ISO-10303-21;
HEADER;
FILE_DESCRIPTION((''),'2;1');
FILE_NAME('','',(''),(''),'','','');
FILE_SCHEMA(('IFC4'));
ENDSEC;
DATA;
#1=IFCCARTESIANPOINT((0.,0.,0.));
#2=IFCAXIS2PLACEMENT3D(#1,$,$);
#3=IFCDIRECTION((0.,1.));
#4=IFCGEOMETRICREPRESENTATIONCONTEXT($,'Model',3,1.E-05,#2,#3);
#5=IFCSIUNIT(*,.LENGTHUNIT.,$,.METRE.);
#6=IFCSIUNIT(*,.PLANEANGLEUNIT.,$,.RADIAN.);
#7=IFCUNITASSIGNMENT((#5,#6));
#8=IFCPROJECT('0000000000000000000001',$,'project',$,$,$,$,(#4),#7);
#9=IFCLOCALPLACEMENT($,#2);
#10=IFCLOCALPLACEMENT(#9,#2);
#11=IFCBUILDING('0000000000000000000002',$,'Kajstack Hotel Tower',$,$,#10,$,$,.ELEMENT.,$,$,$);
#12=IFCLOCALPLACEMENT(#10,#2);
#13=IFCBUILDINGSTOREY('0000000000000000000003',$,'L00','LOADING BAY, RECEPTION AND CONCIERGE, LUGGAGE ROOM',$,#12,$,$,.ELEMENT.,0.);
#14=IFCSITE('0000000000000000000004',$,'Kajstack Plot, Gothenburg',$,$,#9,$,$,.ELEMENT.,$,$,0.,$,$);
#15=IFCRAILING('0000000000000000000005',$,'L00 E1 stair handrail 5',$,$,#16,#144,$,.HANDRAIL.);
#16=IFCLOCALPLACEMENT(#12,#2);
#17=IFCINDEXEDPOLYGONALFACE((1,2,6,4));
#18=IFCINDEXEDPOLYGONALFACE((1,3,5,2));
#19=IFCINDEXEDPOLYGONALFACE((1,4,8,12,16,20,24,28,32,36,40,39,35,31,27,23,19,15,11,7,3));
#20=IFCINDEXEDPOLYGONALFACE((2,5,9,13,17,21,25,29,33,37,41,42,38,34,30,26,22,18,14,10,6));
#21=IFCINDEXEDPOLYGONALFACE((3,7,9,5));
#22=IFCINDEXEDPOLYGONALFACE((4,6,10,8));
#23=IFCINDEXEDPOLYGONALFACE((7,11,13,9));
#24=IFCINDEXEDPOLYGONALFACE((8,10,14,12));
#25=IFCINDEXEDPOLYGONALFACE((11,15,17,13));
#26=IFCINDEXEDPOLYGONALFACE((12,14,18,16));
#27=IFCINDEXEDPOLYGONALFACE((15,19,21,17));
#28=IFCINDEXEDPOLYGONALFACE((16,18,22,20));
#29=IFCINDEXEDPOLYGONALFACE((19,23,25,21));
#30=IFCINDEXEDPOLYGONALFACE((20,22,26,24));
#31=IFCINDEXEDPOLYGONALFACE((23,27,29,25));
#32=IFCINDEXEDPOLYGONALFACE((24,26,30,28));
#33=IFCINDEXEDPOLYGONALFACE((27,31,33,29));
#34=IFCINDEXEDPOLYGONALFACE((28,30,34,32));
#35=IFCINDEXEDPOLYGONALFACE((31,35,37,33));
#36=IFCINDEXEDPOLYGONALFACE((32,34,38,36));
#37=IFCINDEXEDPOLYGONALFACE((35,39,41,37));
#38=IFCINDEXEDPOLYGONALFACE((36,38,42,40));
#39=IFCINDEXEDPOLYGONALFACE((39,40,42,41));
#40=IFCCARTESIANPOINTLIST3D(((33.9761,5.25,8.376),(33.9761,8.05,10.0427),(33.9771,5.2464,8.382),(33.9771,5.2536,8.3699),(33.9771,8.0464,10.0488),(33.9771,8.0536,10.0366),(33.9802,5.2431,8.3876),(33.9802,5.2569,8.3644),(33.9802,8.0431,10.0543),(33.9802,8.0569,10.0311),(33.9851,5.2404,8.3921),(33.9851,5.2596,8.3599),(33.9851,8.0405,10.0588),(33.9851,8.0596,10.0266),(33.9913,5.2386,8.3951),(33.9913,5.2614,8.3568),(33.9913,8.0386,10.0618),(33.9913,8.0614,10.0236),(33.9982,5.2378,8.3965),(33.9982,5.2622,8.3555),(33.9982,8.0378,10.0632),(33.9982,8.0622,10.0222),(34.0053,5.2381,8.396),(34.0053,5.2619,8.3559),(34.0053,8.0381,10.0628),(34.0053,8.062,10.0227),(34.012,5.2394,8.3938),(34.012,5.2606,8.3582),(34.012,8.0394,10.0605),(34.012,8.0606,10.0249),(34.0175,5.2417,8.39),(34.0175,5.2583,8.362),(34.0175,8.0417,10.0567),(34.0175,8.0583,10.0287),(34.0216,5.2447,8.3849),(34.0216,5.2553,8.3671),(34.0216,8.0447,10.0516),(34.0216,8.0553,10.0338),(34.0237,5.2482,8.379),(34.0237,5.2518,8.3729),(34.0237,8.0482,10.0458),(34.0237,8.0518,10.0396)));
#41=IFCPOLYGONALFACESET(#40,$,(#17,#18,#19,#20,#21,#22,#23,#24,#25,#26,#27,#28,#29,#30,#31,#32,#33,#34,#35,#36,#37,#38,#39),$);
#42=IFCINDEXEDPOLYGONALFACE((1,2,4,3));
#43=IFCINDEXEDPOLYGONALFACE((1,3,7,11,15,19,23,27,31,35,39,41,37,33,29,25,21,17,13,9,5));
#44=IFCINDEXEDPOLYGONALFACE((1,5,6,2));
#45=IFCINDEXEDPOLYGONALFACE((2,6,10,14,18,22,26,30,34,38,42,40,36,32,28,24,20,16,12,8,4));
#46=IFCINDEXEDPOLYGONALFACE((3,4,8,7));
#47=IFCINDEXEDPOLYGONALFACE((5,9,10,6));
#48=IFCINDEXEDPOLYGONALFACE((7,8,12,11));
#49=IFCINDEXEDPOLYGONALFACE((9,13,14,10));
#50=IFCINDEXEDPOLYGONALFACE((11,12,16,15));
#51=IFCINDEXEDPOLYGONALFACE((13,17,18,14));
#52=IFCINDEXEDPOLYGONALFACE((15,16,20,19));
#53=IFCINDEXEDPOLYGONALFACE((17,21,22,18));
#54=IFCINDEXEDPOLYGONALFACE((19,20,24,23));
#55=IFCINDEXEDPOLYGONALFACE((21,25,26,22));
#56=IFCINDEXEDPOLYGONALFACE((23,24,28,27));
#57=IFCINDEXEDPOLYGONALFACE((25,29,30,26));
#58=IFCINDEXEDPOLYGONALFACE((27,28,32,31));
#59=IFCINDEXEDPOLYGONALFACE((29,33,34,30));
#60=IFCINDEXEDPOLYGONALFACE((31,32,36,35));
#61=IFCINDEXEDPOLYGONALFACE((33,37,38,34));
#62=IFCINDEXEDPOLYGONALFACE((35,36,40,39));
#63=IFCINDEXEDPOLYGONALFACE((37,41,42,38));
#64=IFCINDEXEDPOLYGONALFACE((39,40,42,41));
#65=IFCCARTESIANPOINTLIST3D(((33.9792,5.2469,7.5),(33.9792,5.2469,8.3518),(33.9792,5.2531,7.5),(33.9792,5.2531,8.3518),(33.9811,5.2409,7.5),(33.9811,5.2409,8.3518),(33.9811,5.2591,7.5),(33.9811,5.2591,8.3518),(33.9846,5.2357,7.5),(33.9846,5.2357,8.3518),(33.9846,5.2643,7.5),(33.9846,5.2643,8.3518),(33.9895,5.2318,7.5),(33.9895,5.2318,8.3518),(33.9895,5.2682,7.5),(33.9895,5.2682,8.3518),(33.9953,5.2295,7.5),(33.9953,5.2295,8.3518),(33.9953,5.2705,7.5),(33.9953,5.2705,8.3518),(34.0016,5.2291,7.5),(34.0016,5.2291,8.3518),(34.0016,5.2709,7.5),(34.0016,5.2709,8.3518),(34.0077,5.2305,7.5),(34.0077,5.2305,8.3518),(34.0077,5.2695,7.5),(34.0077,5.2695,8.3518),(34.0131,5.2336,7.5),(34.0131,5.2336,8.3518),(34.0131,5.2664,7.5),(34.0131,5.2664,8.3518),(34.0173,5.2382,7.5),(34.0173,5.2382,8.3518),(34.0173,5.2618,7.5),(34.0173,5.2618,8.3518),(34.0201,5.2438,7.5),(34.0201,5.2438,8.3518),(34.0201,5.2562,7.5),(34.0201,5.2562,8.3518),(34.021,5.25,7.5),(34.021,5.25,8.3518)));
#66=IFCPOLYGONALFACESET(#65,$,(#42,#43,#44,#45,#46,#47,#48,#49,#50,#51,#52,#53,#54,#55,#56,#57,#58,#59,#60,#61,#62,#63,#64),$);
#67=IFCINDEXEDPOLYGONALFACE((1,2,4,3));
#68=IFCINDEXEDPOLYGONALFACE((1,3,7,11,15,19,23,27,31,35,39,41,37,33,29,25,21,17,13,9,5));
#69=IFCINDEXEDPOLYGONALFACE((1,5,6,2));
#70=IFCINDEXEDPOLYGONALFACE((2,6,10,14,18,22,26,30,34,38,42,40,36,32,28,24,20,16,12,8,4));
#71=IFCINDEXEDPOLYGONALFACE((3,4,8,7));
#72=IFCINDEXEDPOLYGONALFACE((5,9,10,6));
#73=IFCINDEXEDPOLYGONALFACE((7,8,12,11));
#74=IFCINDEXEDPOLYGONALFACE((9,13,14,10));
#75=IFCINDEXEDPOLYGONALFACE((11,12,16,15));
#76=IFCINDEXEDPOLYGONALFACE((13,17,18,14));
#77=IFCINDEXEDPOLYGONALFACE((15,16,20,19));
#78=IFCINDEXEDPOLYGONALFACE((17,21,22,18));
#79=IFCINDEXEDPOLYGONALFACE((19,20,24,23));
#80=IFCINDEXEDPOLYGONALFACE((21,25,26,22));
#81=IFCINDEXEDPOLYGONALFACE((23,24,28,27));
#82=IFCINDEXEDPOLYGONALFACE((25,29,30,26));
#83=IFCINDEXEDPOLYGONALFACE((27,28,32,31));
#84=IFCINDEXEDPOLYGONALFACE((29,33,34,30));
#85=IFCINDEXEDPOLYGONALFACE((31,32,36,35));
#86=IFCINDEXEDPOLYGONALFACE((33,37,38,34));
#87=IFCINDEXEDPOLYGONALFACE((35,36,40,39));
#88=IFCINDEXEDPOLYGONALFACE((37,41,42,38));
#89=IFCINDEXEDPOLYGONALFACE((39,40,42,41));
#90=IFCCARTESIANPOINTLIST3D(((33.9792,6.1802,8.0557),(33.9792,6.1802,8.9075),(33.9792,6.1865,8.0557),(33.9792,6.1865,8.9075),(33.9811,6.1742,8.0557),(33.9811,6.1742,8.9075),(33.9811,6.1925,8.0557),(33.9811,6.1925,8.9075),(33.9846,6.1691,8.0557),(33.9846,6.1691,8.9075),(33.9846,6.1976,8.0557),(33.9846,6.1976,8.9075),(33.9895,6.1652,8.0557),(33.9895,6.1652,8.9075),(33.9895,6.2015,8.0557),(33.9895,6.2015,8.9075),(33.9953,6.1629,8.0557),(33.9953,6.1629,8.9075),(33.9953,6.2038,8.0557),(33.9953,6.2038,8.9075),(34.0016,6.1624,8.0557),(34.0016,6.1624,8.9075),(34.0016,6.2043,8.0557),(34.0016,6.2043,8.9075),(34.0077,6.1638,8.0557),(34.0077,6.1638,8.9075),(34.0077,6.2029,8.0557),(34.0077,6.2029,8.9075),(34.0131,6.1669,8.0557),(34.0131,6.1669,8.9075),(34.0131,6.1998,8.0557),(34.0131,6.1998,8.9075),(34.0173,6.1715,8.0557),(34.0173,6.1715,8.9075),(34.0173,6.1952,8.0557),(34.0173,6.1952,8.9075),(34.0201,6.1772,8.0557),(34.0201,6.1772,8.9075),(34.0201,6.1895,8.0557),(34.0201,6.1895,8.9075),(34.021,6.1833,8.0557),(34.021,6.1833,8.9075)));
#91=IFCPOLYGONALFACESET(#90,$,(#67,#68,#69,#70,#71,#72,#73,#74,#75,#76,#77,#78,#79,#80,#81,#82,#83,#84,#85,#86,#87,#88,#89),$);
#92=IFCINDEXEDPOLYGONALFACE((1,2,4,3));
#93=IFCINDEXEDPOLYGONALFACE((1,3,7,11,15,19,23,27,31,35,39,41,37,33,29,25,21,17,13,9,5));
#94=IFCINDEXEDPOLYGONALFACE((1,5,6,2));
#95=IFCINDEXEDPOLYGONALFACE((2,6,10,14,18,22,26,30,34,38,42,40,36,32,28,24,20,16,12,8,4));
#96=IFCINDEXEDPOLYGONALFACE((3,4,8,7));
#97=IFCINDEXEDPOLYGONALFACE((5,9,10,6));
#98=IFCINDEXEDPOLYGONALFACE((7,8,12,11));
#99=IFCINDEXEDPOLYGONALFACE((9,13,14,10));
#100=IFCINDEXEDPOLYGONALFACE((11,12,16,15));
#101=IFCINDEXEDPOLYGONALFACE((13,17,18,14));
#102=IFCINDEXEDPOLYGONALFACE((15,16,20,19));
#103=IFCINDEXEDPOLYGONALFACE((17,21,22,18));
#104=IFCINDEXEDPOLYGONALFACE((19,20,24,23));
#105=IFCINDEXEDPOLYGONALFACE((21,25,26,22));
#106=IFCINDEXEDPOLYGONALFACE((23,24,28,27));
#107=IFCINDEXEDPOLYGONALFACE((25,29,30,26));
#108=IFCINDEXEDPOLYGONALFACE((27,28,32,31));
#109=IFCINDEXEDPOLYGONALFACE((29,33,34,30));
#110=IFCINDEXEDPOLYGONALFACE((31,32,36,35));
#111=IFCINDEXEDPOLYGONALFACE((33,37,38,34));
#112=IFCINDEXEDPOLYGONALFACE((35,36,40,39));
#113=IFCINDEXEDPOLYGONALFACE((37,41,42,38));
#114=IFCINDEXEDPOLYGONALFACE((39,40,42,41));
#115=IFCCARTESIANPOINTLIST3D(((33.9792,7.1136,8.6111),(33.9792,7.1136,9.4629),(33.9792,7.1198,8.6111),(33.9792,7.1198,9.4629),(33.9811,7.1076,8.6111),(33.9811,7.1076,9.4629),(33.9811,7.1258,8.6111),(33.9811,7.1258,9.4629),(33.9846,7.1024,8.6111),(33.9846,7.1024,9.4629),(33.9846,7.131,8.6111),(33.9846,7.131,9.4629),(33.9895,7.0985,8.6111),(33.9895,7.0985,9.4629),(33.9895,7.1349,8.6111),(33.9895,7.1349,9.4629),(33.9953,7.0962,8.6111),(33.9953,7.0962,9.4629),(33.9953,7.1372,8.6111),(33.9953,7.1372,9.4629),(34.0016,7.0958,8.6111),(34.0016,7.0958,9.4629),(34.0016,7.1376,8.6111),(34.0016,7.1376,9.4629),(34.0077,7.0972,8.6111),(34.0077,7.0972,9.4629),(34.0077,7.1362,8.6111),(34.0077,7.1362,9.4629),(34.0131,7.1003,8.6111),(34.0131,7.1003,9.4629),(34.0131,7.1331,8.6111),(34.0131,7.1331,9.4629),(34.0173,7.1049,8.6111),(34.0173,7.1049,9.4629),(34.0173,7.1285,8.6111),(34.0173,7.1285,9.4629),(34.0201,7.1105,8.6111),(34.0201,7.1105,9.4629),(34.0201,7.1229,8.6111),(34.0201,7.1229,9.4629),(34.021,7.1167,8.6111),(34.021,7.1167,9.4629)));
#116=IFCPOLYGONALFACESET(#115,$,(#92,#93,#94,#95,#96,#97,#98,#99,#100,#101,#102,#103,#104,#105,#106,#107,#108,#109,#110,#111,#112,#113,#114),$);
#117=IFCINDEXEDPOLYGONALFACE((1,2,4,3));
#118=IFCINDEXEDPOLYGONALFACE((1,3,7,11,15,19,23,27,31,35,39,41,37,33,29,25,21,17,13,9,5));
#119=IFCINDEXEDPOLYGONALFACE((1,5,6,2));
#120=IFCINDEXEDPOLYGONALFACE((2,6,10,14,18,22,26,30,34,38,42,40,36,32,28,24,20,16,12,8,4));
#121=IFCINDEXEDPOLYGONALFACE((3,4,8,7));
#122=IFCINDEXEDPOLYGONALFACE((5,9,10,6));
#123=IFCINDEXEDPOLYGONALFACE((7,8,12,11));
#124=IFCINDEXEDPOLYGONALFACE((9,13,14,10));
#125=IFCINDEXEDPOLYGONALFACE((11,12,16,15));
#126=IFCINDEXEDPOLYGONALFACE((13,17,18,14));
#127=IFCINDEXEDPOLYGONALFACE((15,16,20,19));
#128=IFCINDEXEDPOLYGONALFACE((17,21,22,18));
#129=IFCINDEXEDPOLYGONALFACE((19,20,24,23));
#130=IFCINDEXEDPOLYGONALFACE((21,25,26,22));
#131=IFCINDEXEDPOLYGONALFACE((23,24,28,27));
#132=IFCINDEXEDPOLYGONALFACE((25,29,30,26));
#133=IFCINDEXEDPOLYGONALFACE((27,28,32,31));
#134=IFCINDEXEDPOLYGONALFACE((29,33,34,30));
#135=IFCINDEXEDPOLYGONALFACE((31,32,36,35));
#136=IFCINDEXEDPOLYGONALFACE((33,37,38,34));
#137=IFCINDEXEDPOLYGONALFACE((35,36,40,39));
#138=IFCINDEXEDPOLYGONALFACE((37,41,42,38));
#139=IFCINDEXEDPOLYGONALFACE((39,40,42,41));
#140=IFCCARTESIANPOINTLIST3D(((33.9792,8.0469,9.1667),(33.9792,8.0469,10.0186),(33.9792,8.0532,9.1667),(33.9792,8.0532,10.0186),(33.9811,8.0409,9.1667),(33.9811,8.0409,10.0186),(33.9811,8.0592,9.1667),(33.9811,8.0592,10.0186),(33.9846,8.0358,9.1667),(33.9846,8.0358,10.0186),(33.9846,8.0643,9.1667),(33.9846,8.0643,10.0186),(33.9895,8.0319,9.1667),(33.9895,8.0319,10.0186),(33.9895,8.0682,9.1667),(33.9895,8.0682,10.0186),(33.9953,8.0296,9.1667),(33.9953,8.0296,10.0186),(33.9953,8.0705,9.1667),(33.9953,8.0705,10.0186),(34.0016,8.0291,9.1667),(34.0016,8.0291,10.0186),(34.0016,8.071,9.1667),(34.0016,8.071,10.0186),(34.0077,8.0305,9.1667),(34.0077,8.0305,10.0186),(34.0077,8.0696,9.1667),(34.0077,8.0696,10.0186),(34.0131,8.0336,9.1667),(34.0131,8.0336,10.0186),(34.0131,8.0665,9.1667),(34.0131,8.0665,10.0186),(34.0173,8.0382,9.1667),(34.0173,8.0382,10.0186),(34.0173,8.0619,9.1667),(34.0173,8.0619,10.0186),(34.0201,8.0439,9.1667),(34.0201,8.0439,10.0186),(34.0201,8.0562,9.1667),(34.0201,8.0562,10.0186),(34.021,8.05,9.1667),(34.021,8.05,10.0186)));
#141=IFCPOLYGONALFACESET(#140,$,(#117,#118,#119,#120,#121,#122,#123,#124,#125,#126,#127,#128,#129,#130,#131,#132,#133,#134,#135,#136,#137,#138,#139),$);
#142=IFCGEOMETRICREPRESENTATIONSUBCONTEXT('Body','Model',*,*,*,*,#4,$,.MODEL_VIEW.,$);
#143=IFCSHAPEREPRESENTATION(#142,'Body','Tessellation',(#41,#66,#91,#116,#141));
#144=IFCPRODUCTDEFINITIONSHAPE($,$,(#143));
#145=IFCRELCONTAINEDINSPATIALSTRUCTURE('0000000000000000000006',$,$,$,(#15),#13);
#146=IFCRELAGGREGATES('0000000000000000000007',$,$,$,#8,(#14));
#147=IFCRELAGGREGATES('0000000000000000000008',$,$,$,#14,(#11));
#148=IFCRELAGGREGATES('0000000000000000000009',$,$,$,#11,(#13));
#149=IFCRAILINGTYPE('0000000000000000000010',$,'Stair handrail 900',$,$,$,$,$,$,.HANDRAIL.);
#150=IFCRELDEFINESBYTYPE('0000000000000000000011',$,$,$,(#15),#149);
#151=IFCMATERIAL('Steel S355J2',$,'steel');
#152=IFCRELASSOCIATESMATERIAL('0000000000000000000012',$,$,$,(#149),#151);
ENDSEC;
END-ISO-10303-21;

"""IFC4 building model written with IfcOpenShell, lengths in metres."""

from ifc_helpers import new_model, si_unit, direction, frame, origin, origin_2d, place, context, subcontext, project, spatial, circle, extrude, material, type_object, element, save


model = new_model("IFC4")

# Units and contexts
model_context = context("Model", 3, precision=1e-05, world=origin(), true_north=direction((0.0, 1.0)))
body_context = subcontext(model_context, "Body", "Model", "MODEL_VIEW")
ifc_project = project(units=[si_unit("LENGTHUNIT", "METRE"), si_unit("PLANEANGLEUNIT", "RADIAN")], contexts=[model_context])

# Site, building, storey
site_placement = place(None, origin())
site = spatial("IfcSite", under=ifc_project, at=site_placement, Name="Kajstack Plot, Gothenburg", CompositionType="ELEMENT", RefElevation=0.0)
building_placement = place(site_placement, origin())
building = spatial("IfcBuilding", under=site, at=building_placement, Name="Kajstack Hotel Tower", CompositionType="ELEMENT")
storey_placement = place(building_placement, origin())
storey = spatial("IfcBuildingStorey", under=building, at=storey_placement, Name="L00", Description="LOADING BAY, RECEPTION AND CONCIERGE, LUGGAGE ROOM", CompositionType="ELEMENT", Elevation=0.0)

# Railing
ifc_material_1 = material(Name="Steel S355J2", Category="steel")
railing_type_1 = type_object("IfcRailingType", Name="Stair handrail 900", PredefinedType="HANDRAIL", material=ifc_material_1)
railing_1_placement = place(storey_placement, frame((34.0, 5.25, 7.5)))
element("IfcRailing", 1, at=railing_1_placement, inside=storey, type_object=railing_type_1, Name="L00 E1 stair handrail 5", PredefinedType="HANDRAIL", context=body_context, shape_type="SweptSolid", body=[
    extrude(circle(Radius=0.0239, at=origin_2d()), frame((0.0, 0.0, 0.876), z_axis=(0.0, 0.859286, 0.511496), x_axis=(-1.0, 0.0, 0.0)), (0.0, 0.0, 1.0), 3.2585),
    extrude(circle(Radius=0.021, at=origin_2d()), origin(), (0.0, 0.0, 1.0), 0.8518),
    extrude(circle(Radius=0.021, at=origin_2d()), frame((0.0, 0.9333, 0.5557)), (0.0, 0.0, 1.0), 0.8518),
    extrude(circle(Radius=0.021, at=origin_2d()), frame((0.0, 1.8667, 1.1111)), (0.0, 0.0, 1.0), 0.8518),
    extrude(circle(Radius=0.021, at=origin_2d()), frame((0.0, 2.8, 1.6667)), (0.0, 0.0, 1.0), 0.8518),
])

save(model, "model.ifc")
